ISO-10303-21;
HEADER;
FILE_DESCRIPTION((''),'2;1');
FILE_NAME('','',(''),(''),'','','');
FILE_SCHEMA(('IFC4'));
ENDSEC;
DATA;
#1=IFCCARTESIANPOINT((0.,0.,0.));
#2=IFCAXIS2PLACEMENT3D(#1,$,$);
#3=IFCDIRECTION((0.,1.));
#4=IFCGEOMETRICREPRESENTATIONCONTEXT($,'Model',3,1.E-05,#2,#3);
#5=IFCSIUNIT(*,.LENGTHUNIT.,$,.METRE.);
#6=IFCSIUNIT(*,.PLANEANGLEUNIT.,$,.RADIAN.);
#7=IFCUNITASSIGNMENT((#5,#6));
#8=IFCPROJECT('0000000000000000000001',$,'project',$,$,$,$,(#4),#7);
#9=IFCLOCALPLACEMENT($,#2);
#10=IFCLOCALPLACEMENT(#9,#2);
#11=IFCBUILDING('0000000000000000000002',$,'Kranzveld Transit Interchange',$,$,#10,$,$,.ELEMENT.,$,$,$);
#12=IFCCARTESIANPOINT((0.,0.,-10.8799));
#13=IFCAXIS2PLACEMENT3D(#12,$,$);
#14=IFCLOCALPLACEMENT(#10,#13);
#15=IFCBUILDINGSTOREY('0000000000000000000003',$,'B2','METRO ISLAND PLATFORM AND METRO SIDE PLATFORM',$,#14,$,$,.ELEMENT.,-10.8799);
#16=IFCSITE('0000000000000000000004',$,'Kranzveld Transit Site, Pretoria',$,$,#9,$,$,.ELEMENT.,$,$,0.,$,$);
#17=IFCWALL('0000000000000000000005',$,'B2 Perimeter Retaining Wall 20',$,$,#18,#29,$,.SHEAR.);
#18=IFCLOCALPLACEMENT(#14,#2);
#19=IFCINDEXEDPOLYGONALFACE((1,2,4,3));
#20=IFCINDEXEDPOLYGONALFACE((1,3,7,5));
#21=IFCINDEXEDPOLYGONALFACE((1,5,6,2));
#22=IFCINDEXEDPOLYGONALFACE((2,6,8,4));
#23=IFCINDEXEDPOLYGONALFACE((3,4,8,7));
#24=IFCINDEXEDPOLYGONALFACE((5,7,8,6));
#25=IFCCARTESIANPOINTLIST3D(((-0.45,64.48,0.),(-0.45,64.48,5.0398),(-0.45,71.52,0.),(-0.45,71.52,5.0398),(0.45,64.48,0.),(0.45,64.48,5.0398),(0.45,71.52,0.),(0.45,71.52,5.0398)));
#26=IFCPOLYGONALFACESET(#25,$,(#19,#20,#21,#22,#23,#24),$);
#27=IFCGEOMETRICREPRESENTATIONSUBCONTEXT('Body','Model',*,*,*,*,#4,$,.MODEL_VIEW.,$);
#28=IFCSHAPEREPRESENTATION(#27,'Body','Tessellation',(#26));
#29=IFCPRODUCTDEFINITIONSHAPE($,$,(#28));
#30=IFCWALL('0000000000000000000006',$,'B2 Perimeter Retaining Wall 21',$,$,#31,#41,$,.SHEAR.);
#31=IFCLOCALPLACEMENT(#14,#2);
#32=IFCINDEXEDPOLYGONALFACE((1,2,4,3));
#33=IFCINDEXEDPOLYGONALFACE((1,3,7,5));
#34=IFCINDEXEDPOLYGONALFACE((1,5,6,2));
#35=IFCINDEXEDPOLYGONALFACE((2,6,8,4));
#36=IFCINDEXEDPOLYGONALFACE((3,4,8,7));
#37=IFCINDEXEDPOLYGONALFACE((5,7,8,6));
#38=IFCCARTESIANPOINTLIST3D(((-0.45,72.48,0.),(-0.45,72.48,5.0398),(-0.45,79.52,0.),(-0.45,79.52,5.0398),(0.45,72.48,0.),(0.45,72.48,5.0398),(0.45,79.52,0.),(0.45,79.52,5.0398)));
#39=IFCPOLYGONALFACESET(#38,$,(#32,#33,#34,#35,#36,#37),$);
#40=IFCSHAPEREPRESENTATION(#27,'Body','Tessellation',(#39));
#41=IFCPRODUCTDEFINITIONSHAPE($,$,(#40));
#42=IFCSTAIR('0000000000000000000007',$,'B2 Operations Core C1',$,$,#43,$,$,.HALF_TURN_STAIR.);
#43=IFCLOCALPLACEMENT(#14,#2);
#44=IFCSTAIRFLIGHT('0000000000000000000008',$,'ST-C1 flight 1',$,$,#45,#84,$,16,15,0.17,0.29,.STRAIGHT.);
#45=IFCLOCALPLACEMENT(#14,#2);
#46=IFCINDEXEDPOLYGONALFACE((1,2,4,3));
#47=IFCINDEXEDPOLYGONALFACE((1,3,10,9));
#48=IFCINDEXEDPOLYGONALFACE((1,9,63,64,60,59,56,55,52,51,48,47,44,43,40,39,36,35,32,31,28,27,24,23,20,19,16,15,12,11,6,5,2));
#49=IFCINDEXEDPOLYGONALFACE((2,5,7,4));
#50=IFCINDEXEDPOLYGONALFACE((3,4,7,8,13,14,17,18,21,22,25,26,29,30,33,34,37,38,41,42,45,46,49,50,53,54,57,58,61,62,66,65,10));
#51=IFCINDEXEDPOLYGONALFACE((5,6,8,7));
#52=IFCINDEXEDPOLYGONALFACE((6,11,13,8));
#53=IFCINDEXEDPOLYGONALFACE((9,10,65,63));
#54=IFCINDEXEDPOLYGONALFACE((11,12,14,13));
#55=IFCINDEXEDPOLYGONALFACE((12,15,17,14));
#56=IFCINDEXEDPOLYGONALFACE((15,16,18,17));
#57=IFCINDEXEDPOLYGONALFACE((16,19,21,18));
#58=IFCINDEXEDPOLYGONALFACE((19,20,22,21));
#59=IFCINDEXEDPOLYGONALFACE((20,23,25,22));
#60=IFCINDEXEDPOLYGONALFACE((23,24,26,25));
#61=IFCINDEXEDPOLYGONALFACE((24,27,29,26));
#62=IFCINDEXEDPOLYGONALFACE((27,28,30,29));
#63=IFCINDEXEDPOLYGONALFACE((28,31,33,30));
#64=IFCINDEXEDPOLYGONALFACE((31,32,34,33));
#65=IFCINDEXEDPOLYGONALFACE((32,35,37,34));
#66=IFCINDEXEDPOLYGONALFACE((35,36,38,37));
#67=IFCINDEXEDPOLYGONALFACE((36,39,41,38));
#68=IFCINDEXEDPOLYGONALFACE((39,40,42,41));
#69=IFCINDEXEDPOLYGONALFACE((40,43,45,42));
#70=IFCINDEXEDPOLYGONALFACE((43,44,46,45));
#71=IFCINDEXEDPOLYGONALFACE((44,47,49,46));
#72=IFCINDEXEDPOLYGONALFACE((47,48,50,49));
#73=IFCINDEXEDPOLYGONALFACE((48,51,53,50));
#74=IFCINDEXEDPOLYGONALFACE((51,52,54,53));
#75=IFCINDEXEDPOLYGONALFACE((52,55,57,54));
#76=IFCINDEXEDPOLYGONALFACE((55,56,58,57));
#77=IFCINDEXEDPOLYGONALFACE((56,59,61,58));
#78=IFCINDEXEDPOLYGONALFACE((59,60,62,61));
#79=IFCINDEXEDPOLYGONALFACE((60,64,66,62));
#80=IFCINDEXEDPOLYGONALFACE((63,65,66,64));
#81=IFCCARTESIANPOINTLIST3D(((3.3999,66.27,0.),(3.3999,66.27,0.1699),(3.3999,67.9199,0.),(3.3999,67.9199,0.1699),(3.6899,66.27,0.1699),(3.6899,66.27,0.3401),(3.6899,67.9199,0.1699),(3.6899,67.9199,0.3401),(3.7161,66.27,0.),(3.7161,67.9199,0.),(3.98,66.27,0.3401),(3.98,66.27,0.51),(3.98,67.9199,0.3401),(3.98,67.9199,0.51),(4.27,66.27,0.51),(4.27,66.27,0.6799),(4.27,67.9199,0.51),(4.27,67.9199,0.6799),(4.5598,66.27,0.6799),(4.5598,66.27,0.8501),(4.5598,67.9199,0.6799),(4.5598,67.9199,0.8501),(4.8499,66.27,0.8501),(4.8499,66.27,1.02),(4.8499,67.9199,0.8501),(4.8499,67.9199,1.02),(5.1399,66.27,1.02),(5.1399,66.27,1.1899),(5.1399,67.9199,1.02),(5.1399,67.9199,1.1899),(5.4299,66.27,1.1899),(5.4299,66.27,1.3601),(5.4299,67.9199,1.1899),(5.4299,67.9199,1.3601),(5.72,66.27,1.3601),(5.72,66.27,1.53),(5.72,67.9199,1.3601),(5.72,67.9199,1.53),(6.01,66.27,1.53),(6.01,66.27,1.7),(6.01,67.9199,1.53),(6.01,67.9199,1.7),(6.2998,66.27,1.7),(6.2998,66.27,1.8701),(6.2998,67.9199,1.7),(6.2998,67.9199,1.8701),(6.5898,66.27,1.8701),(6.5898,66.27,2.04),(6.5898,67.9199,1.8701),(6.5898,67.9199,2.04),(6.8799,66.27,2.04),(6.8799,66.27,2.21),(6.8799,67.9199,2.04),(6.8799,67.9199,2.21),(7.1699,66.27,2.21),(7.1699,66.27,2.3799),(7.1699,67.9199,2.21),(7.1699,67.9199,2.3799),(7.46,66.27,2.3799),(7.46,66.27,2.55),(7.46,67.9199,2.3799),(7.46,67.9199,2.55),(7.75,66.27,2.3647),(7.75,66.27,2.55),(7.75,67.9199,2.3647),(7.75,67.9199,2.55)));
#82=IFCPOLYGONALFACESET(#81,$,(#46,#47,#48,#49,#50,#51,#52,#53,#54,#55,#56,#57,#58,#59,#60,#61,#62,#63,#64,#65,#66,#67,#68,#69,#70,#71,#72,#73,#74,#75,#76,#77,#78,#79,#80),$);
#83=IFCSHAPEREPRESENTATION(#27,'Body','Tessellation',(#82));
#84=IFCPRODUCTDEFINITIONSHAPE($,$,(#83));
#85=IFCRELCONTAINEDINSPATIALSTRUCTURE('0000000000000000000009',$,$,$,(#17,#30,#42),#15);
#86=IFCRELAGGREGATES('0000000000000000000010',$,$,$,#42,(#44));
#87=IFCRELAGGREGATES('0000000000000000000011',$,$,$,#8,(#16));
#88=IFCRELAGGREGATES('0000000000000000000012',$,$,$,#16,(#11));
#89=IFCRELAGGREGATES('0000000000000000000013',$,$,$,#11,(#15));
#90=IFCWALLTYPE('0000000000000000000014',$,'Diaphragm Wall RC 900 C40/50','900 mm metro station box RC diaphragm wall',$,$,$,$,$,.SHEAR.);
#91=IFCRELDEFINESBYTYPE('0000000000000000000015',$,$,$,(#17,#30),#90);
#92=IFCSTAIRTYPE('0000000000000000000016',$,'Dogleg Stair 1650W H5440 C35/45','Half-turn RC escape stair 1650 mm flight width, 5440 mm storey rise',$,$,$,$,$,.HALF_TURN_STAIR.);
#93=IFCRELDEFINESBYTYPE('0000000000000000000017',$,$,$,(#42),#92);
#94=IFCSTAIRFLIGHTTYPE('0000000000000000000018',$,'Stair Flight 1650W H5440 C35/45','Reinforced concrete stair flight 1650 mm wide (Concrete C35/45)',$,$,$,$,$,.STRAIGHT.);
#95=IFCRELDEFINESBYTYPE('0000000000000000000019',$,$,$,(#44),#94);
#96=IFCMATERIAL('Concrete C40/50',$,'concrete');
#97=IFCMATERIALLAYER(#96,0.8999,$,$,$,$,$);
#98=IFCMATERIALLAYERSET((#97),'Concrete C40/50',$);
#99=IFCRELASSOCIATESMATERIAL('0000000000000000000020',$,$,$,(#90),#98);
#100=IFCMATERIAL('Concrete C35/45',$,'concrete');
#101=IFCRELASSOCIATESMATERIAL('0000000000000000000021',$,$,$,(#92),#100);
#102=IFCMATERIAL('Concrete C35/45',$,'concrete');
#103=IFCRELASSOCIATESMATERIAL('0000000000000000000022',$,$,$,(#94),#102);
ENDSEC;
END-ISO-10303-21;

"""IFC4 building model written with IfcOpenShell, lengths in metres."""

from ifc_helpers import new_model, si_unit, direction, frame, frame_2d, origin, place, context, subcontext, project, spatial, polyline, rectangle, outline, extrude, material, layer, layer_set, type_object, element, aggregate, save


model = new_model("IFC4")

# Units and contexts
model_context = context("Model", 3, precision=1e-05, world=origin(), true_north=direction((0.0, 1.0)))
body_context = subcontext(model_context, "Body", "Model", "MODEL_VIEW")
ifc_project = project(units=[si_unit("LENGTHUNIT", "METRE"), si_unit("PLANEANGLEUNIT", "RADIAN")], contexts=[model_context])

# Site, building, storey
site_placement = place(None, origin())
site = spatial("IfcSite", under=ifc_project, at=site_placement, Name="Kranzveld Transit Site, Pretoria", CompositionType="ELEMENT", RefElevation=0.0)
building_placement = place(site_placement, origin())
building = spatial("IfcBuilding", under=site, at=building_placement, Name="Kranzveld Transit Interchange", CompositionType="ELEMENT")
storey_placement = place(building_placement, frame((0.0, 0.0, -10.8799)))
storey = spatial("IfcBuildingStorey", under=building, at=storey_placement, Name="B2", Description="METRO ISLAND PLATFORM AND METRO SIDE PLATFORM", CompositionType="ELEMENT", Elevation=-10.8799)

# Walls
ifc_material_1 = material(Name="Concrete C40/50", Category="concrete")
ifc_layer_1 = layer(ifc_material_1, 0.8999)
ifc_layer_set_1 = layer_set([ifc_layer_1], Name="Concrete C40/50")
wall_type_1 = type_object("IfcWallType", Name="Diaphragm Wall RC 900 C40/50", Description="900 mm metro station box RC diaphragm wall", PredefinedType="SHEAR", material=ifc_layer_set_1)
for number, where, z_axis, x_axis, name in (
    (1, (0.0, 64.48, 0.0), (0.0, 0.0, 1.0), (0.0, 1.0, 0.0), "B2 Perimeter Retaining Wall 20"),
    (2, (0.0, 72.48, 0.0), (0.0, 0.0, 1.0), (0.0, 1.0, 0.0), "B2 Perimeter Retaining Wall 21"),
):
    element("IfcWall", number, at=place(storey_placement, frame(where, z_axis=z_axis, x_axis=x_axis)), inside=storey, type_object=wall_type_1, Name=name, PredefinedType="SHEAR", context=body_context, shape_type="SweptSolid", body=[
        extrude(rectangle(XDim=7.04, YDim=0.8999, at=frame_2d((3.52, 0.0))), origin(), (0.0, 0.0, 1.0), 5.0398),
    ])

# Stair, stair flight
ifc_material_2 = material(Name="Concrete C35/45", Category="concrete")
stair_type = type_object("IfcStairType", Name="Dogleg Stair 1650W H5440 C35/45", Description="Half-turn RC escape stair 1650 mm flight width, 5440 mm storey rise", PredefinedType="HALF_TURN_STAIR", material=ifc_material_2)
stair_placement = place(storey_placement, origin())
stair = element("IfcStair", 3, at=stair_placement, inside=storey, type_object=stair_type, Name="B2 Operations Core C1", PredefinedType="HALF_TURN_STAIR")
ifc_material_3 = material(Name="Concrete C35/45", Category="concrete")
stair_flight_type = type_object("IfcStairFlightType", Name="Stair Flight 1650W H5440 C35/45", Description="Reinforced concrete stair flight 1650 mm wide (Concrete C35/45)", PredefinedType="STRAIGHT", material=ifc_material_3)
stair_flight_placement = place(storey_placement, frame((3.3999, 67.095, 0.0), z_axis=(0.0, 0.0, 1.0), x_axis=(1.0, 0.0, 0.0)))
stair_flight = element("IfcStairFlight", 4, at=stair_flight_placement, type_object=stair_flight_type, Name="ST-C1 flight 1", NumberOfRisers=16, NumberOfTreads=15, PredefinedType="STRAIGHT", RiserHeight=0.17, TreadLength=0.29, context=body_context, shape_type="SweptSolid", body=[
    extrude(outline(polyline([(0.0, 0.0), (0.0, 0.1699), (0.29, 0.1699), (0.29, 0.3401), (0.5801, 0.3401), (0.5801, 0.51), (0.8701, 0.51), (0.8701, 0.6799), (1.1599, 0.6799), (1.1599, 0.8501), (1.45, 0.8501), (1.45, 1.02), (1.74, 1.02), (1.74, 1.1899), (2.03, 1.1899), (2.03, 1.3601), (2.3201, 1.3601), (2.3201, 1.53), (2.6101, 1.53), (2.6101, 1.7), (2.8999, 1.7), (2.8999, 1.8701), (3.1899, 1.8701), (3.1899, 2.04), (3.48, 2.04), (3.48, 2.21), (3.77, 2.21), (3.77, 2.3799), (4.0601, 2.3799), (4.0601, 2.55), (4.3501, 2.55), (4.3501, 2.72), (4.3501, 2.3647), (0.3162, 0.0), (0.0, 0.0)])), frame((0.0, 0.825, 0.0), z_axis=(0.0, -1.0, 0.0), x_axis=(1.0, 0.0, 0.0)), (0.0, 0.0, 1.0), 1.6499),
])
aggregate(stair, [stair_flight])

save(model, "model.ifc")
